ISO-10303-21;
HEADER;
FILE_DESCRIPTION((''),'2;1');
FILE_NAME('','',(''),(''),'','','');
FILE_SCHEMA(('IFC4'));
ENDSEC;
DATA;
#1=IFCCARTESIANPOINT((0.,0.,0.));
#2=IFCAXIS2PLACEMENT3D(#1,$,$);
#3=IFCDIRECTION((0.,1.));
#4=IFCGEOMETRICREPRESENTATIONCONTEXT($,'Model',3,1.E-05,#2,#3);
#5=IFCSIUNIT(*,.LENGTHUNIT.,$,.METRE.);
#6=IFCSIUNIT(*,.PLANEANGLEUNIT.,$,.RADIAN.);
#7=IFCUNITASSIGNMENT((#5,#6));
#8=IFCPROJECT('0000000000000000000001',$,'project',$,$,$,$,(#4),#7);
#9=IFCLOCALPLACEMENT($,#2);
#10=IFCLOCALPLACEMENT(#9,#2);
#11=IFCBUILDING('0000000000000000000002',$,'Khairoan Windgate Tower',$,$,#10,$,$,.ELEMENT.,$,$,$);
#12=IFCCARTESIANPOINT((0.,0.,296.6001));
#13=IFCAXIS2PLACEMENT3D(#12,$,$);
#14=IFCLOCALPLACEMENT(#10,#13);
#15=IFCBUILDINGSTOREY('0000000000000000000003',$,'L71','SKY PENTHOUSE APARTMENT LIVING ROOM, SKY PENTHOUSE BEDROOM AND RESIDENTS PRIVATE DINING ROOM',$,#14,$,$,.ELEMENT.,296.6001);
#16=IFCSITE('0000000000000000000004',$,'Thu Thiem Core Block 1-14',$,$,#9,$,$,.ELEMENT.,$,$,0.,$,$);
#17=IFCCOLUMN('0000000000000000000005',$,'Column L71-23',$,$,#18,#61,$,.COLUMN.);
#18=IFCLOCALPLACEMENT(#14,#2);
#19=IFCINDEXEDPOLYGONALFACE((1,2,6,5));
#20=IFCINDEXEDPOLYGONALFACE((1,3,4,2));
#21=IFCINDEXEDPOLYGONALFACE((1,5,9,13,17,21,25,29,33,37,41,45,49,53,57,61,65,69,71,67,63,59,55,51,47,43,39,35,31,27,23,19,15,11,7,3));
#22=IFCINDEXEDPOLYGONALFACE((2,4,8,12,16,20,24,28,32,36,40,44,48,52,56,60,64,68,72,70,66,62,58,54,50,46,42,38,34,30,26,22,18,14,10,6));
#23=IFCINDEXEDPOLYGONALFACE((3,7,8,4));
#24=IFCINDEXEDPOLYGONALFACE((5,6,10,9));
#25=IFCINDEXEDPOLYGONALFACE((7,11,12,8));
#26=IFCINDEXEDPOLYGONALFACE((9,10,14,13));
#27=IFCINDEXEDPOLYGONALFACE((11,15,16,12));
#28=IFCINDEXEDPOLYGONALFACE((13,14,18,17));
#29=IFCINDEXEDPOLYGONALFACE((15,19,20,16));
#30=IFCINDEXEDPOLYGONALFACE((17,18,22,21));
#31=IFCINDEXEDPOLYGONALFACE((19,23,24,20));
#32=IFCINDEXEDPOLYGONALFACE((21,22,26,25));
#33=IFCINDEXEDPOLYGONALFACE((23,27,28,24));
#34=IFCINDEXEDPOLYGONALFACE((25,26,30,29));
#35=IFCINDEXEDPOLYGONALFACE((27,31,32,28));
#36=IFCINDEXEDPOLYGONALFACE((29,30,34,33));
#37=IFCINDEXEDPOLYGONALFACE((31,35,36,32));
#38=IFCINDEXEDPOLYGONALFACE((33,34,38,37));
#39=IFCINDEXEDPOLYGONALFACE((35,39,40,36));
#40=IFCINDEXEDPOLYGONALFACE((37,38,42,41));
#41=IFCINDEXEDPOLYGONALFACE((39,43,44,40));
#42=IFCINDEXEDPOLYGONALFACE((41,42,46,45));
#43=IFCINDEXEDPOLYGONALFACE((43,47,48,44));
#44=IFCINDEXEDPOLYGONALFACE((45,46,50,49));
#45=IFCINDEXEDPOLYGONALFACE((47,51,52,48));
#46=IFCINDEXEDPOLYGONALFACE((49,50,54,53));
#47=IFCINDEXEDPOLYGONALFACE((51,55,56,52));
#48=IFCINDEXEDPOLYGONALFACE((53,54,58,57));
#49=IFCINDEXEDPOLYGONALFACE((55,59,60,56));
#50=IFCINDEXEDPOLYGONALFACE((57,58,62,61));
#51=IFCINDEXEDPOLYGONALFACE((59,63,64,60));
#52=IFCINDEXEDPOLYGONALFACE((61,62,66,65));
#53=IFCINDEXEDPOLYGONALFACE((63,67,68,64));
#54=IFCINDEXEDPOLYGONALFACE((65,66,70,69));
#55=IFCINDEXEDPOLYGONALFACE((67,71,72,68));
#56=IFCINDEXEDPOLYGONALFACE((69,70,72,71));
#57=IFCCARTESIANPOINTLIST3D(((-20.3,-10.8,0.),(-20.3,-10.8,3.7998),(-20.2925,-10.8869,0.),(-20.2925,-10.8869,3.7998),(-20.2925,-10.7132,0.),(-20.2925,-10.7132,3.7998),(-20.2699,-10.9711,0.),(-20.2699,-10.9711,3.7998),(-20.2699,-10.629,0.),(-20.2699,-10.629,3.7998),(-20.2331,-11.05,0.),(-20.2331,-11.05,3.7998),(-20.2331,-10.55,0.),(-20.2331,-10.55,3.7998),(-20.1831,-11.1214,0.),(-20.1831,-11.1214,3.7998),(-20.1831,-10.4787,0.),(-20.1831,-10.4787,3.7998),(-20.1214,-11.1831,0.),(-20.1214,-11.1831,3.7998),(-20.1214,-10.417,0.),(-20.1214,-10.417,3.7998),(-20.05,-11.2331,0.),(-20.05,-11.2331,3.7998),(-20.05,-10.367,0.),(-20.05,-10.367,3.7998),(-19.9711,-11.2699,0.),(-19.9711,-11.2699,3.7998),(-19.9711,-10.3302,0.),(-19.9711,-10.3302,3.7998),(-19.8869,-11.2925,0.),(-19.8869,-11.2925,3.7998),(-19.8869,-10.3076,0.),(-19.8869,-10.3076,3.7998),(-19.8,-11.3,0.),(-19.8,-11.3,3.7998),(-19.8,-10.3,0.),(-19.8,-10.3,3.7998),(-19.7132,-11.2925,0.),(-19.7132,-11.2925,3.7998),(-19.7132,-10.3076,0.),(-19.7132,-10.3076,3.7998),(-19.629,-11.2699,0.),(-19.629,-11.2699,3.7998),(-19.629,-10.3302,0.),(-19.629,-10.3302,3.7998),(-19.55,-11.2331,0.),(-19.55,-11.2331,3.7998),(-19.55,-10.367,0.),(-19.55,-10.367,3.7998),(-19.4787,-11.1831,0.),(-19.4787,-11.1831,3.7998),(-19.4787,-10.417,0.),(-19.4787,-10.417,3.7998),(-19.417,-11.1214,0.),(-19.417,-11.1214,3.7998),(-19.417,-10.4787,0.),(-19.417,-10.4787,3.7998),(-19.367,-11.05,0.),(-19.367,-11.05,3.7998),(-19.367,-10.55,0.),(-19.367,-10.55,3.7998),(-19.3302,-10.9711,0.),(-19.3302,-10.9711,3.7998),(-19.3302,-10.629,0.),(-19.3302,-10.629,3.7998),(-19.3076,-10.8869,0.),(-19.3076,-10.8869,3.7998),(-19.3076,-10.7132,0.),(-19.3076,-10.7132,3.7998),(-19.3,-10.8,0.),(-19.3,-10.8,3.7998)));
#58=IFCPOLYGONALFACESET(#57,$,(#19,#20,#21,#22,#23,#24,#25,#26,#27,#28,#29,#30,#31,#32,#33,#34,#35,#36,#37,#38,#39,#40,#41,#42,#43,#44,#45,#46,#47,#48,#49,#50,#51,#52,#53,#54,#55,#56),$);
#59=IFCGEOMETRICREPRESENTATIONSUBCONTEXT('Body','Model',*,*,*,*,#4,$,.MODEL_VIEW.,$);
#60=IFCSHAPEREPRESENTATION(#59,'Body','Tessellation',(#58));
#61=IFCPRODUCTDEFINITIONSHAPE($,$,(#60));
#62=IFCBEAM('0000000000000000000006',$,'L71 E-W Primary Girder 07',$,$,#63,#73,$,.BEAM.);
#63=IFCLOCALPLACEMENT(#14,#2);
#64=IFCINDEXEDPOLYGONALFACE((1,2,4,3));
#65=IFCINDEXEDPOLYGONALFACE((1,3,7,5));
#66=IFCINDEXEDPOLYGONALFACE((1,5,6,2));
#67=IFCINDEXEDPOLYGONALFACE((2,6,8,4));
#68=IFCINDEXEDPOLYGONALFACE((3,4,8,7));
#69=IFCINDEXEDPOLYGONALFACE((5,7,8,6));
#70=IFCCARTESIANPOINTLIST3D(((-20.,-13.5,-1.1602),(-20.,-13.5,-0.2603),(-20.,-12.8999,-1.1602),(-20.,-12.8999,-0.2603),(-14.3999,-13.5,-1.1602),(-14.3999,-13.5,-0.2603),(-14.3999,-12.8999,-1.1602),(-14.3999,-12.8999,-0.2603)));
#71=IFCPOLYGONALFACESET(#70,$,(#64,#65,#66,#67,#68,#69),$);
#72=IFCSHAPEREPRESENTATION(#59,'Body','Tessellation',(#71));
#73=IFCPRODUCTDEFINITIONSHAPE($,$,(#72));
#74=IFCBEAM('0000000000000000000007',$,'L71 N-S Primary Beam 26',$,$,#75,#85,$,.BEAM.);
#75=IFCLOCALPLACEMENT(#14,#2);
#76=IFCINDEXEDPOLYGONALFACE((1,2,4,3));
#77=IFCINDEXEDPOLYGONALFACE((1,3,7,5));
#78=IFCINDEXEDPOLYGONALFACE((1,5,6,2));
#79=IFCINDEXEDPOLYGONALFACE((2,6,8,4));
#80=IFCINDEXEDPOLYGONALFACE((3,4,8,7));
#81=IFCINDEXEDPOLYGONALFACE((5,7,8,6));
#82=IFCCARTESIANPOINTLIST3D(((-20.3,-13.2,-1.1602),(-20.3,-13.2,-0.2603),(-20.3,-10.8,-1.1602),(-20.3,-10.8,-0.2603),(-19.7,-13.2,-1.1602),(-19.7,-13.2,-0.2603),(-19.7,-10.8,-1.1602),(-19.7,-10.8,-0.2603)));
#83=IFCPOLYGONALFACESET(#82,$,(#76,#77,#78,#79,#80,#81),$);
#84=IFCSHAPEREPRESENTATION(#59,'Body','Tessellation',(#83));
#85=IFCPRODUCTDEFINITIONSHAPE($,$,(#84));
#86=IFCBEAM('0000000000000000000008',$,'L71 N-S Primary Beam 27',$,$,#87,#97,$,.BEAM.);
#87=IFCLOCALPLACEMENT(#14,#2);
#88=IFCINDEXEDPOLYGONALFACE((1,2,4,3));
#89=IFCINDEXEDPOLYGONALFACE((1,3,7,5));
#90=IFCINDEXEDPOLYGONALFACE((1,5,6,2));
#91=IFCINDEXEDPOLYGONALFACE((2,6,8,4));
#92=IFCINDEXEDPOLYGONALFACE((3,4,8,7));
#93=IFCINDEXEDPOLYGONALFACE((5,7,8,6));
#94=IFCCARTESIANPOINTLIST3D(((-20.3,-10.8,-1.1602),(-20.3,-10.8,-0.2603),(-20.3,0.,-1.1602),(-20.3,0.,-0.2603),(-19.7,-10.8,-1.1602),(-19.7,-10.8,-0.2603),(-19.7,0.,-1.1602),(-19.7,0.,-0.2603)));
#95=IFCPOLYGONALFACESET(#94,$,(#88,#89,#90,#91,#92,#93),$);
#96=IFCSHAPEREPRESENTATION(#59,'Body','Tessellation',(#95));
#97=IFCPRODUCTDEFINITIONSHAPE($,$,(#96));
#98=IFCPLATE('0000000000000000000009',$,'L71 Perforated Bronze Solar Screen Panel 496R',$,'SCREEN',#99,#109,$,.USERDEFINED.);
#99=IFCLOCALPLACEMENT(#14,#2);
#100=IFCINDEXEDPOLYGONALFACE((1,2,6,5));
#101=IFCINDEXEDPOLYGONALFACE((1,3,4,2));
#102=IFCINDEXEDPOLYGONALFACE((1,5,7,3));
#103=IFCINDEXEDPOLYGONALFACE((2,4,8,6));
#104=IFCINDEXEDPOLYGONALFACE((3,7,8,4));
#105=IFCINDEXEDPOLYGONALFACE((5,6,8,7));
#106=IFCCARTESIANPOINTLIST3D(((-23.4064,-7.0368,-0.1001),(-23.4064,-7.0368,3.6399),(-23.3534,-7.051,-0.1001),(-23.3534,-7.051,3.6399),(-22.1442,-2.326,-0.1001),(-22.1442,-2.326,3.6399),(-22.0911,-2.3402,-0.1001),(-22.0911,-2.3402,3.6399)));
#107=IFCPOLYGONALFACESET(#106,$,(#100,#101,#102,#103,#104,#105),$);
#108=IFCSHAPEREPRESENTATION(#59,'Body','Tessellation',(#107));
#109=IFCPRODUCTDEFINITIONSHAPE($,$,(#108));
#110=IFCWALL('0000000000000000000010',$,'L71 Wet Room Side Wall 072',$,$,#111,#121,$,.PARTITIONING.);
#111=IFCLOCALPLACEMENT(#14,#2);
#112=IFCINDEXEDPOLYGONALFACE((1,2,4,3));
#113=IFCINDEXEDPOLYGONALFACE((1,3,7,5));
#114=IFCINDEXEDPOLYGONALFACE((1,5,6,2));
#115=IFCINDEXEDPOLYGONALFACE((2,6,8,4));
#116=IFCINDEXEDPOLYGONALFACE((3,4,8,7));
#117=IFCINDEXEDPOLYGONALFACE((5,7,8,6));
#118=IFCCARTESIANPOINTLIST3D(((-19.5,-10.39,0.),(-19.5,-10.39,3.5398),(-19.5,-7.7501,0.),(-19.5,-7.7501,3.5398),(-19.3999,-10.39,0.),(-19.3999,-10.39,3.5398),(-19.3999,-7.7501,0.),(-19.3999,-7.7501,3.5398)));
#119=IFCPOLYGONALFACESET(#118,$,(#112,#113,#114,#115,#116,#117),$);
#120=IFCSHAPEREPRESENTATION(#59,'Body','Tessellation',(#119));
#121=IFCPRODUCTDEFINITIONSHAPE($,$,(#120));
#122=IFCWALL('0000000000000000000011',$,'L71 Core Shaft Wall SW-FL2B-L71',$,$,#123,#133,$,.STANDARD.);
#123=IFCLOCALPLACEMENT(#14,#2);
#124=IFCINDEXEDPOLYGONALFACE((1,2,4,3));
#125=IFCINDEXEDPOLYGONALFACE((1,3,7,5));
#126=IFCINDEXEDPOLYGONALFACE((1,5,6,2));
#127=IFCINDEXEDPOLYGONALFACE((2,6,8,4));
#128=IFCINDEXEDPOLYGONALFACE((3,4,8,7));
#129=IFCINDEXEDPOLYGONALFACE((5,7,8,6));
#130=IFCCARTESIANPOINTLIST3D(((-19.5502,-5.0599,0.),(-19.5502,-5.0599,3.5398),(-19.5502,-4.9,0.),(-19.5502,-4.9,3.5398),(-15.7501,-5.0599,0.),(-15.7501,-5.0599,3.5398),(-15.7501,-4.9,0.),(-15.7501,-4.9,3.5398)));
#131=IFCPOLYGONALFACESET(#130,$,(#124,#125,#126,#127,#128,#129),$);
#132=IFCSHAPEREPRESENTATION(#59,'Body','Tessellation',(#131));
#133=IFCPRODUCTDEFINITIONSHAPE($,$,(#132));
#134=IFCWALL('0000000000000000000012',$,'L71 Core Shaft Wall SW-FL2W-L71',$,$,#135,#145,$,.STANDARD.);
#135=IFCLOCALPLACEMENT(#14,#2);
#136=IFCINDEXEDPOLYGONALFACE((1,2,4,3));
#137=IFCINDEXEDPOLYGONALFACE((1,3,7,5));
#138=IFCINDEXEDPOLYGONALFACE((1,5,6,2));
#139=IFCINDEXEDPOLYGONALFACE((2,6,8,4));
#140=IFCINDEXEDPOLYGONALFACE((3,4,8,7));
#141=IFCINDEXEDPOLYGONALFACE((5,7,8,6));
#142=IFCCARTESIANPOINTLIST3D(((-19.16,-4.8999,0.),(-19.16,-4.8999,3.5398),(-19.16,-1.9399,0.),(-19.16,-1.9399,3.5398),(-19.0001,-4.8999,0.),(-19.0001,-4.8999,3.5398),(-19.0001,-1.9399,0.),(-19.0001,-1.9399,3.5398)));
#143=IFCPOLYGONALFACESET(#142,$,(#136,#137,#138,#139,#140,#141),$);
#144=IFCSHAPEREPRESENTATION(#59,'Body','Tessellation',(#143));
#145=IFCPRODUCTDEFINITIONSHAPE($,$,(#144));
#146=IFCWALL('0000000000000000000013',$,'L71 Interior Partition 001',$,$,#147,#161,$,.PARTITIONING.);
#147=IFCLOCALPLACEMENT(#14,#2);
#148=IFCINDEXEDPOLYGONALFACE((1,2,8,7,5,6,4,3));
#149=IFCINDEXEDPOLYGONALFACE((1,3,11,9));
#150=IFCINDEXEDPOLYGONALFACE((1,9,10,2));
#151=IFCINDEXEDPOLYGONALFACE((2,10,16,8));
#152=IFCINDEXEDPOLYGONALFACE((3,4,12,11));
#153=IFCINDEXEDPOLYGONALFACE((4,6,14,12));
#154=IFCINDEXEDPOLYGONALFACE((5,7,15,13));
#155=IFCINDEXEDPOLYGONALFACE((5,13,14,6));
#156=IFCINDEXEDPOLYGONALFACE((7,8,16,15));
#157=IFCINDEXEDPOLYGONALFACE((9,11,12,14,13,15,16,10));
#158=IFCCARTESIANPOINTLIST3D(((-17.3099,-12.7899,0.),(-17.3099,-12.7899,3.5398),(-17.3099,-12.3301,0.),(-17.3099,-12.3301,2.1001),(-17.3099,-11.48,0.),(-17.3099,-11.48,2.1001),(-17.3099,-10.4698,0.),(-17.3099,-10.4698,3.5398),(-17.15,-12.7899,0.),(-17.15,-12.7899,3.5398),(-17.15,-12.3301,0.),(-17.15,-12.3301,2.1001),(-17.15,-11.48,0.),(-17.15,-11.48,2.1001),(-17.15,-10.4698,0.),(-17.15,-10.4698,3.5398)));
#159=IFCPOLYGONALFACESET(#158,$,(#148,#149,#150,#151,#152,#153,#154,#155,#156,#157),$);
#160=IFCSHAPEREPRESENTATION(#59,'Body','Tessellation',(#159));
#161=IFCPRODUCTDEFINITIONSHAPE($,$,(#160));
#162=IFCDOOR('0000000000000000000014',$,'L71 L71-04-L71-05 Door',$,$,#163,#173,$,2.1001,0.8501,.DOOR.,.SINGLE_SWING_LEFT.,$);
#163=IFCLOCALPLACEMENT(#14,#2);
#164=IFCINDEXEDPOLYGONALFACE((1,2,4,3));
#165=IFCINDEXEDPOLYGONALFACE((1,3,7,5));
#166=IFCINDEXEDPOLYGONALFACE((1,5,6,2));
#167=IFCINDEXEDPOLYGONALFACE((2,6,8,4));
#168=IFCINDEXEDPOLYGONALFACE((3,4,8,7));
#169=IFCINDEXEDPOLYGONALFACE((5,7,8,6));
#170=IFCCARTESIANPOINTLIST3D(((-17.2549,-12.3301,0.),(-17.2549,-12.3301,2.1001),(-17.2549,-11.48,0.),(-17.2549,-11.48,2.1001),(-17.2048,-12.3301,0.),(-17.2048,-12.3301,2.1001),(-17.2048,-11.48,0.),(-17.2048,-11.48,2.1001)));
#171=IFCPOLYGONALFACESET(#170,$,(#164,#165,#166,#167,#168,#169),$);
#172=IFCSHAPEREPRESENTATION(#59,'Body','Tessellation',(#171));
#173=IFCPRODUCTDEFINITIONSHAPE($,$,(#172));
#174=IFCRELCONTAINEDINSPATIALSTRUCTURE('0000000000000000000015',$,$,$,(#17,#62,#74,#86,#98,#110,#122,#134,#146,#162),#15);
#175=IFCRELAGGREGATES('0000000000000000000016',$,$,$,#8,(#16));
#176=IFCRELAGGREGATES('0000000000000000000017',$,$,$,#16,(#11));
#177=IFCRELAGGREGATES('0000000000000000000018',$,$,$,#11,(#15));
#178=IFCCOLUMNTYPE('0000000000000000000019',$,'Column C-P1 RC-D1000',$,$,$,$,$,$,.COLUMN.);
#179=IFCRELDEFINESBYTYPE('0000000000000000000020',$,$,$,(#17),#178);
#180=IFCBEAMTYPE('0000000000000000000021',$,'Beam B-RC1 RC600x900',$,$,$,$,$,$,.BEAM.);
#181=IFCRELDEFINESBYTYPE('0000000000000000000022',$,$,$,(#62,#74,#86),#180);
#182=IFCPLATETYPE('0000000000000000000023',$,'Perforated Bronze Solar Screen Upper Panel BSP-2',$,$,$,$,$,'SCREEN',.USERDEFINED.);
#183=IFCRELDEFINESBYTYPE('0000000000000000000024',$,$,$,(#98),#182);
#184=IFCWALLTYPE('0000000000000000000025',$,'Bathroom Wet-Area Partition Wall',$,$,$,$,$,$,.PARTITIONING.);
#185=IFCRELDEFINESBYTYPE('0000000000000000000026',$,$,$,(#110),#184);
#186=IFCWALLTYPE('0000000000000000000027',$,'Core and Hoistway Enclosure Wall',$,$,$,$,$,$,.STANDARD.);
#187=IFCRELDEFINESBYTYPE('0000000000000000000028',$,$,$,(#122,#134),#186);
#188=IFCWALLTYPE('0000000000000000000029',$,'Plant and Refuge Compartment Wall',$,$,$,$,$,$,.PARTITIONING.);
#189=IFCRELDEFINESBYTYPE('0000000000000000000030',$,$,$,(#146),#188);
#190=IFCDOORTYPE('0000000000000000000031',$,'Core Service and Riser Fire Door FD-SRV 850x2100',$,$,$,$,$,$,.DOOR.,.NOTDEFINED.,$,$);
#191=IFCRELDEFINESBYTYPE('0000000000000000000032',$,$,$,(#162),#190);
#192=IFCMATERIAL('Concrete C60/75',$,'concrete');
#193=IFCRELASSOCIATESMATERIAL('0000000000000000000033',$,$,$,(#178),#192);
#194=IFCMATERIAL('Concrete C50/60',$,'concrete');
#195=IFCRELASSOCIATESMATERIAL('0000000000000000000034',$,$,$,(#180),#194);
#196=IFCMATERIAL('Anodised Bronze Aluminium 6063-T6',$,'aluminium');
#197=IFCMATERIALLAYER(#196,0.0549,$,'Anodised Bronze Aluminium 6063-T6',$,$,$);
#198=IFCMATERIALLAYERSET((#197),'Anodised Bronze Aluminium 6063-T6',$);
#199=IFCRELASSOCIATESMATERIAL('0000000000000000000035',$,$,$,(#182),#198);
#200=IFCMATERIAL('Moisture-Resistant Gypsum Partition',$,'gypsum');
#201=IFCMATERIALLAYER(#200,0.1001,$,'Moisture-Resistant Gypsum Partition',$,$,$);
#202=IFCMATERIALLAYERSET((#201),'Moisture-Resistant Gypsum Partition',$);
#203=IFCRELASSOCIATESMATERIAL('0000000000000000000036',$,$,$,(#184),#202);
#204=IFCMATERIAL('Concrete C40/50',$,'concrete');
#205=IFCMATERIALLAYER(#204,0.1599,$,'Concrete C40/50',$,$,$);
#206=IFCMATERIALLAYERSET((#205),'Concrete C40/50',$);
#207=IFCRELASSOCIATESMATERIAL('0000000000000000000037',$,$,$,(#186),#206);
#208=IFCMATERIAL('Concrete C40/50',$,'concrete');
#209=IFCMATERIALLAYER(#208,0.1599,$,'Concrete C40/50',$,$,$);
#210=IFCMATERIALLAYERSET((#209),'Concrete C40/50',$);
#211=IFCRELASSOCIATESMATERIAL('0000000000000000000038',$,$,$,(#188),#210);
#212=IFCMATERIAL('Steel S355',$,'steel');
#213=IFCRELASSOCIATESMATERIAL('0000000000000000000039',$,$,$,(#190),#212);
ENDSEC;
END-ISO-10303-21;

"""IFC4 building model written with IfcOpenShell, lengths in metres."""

from ifc_helpers import new_model, si_unit, direction, frame, frame_2d, origin, origin_2d, place, context, subcontext, project, spatial, rectangle, circle, extrude, material, layer, layer_set, material_profile, profile_set, type_object, element, fill, save


model = new_model("IFC4")

# Units and contexts
model_context = context("Model", 3, precision=1e-05, world=origin(), true_north=direction((0.0, 1.0)))
body_context = subcontext(model_context, "Body", "Model", "MODEL_VIEW")
ifc_project = project(units=[si_unit("LENGTHUNIT", "METRE"), si_unit("PLANEANGLEUNIT", "RADIAN")], contexts=[model_context])

# Site, building, storey
site_placement = place(None, origin())
site = spatial("IfcSite", under=ifc_project, at=site_placement, Name="Thu Thiem Core Block 1-14", CompositionType="ELEMENT", RefElevation=0.0)
building_placement = place(site_placement, origin())
building = spatial("IfcBuilding", under=site, at=building_placement, Name="Khairoan Windgate Tower", CompositionType="ELEMENT")
storey_placement = place(building_placement, frame((0.0, 0.0, 296.6001)))
storey = spatial("IfcBuildingStorey", under=building, at=storey_placement, Name="L71", Description="SKY PENTHOUSE APARTMENT LIVING ROOM, SKY PENTHOUSE BEDROOM AND RESIDENTS PRIVATE DINING ROOM", CompositionType="ELEMENT", Elevation=296.6001)

# Column
ifc_material_1 = material(Name="Concrete C60/75", Category="concrete")
ifc_material_profile_1 = material_profile(ifc_material_1, circle(Radius=0.5, at=origin_2d()))
ifc_profile_set_1 = profile_set([ifc_material_profile_1], Name="Concrete C60/75")
column_type = type_object("IfcColumnType", Name="Column C-P1 RC-D1000", PredefinedType="COLUMN", material=ifc_profile_set_1)
column_placement = place(storey_placement, frame((-19.8, -10.8, 0.0), z_axis=(0.0, 0.0, 1.0), x_axis=(1.0, 0.0, 0.0)))
element("IfcColumn", 1, at=column_placement, inside=storey, type_object=column_type, Name="Column L71-23", PredefinedType="COLUMN", context=body_context, shape_type="SweptSolid", body=[
    extrude(circle(Radius=0.5, at=origin_2d()), origin(), (0.0, 0.0, 1.0), 3.7998),
])

# Beams
ifc_material_2 = material(Name="Concrete C50/60", Category="concrete")
ifc_material_profile_2 = material_profile(ifc_material_2, rectangle(XDim=0.6001, YDim=0.8999, at=origin_2d()))
ifc_profile_set_2 = profile_set([ifc_material_profile_2], Name="Concrete C50/60")
beam_type = type_object("IfcBeamType", Name="Beam B-RC1 RC600x900", PredefinedType="BEAM", material=ifc_profile_set_2)
beam_1_placement = place(storey_placement, frame((-20.0, -13.2, -0.7102), z_axis=(1.0, 0.0, 0.0), x_axis=(0.0, 1.0, 0.0)))
element("IfcBeam", 2, at=beam_1_placement, inside=storey, type_object=beam_type, Name="L71 E-W Primary Girder 07", PredefinedType="BEAM", context=body_context, shape_type="SweptSolid", body=[
    extrude(rectangle(XDim=0.6001, YDim=0.8999, at=origin_2d()), origin(), (0.0, 0.0, 1.0), 5.6001),
])
beam_2_placement = place(storey_placement, frame((-20.0, -13.2, -0.7102), z_axis=(0.0, 1.0, 0.0), x_axis=(-1.0, 0.0, 0.0)))
element("IfcBeam", 3, at=beam_2_placement, inside=storey, type_object=beam_type, Name="L71 N-S Primary Beam 26", PredefinedType="BEAM", context=body_context, shape_type="SweptSolid", body=[
    extrude(rectangle(XDim=0.6001, YDim=0.8999, at=origin_2d()), origin(), (0.0, 0.0, 1.0), 2.3999),
])
beam_3_placement = place(storey_placement, frame((-20.0, -10.8, -0.7102), z_axis=(0.0, 1.0, 0.0), x_axis=(-1.0, 0.0, 0.0)))
element("IfcBeam", 4, at=beam_3_placement, inside=storey, type_object=beam_type, Name="L71 N-S Primary Beam 27", PredefinedType="BEAM", context=body_context, shape_type="SweptSolid", body=[
    extrude(rectangle(XDim=0.6001, YDim=0.8999, at=origin_2d()), origin(), (0.0, 0.0, 1.0), 10.8),
])

# Plate
ifc_material_3 = material(Name="Anodised Bronze Aluminium 6063-T6", Category="aluminium")
ifc_layer_1 = layer(ifc_material_3, 0.0549, Name="Anodised Bronze Aluminium 6063-T6")
ifc_layer_set_1 = layer_set([ifc_layer_1], Name="Anodised Bronze Aluminium 6063-T6")
plate_type = type_object("IfcPlateType", Name="Perforated Bronze Solar Screen Upper Panel BSP-2", ElementType="SCREEN", PredefinedType="USERDEFINED", material=ifc_layer_set_1)
plate_placement = place(storey_placement, frame((-22.7488, -4.6885, -0.1001), z_axis=(0.0, 0.0, 1.0), x_axis=(0.258819, 0.965926, 0.0)))
element("IfcPlate", 5, at=plate_placement, inside=storey, type_object=plate_type, Name="L71 Perforated Bronze Solar Screen Panel 496R", ObjectType="SCREEN", PredefinedType="USERDEFINED", context=body_context, shape_type="SweptSolid", body=[
    extrude(rectangle(XDim=4.877, YDim=0.0549, at=origin_2d()), origin(), (0.0, 0.0, 1.0), 3.74),
])

# Walls
ifc_material_4 = material(Name="Moisture-Resistant Gypsum Partition", Category="gypsum")
ifc_layer_2 = layer(ifc_material_4, 0.1001, Name="Moisture-Resistant Gypsum Partition")
ifc_layer_set_2 = layer_set([ifc_layer_2], Name="Moisture-Resistant Gypsum Partition")
wall_type_1 = type_object("IfcWallType", Name="Bathroom Wet-Area Partition Wall", PredefinedType="PARTITIONING", material=ifc_layer_set_2)
wall_1_placement = place(storey_placement, frame((-19.45, -10.3899, 0.0), z_axis=(0.0, 0.0, 1.0), x_axis=(0.0, 1.0, 0.0)))
element("IfcWall", 6, at=wall_1_placement, inside=storey, type_object=wall_type_1, Name="L71 Wet Room Side Wall 072", PredefinedType="PARTITIONING", context=body_context, shape_type="SweptSolid", body=[
    extrude(rectangle(XDim=2.6399, YDim=0.1001, at=frame_2d((1.3198, 0.0))), origin(), (0.0, 0.0, 1.0), 3.5398),
])
ifc_material_5 = material(Name="Concrete C40/50", Category="concrete")
ifc_layer_3 = layer(ifc_material_5, 0.1599, Name="Concrete C40/50")
ifc_layer_set_3 = layer_set([ifc_layer_3], Name="Concrete C40/50")
wall_type_2 = type_object("IfcWallType", Name="Core and Hoistway Enclosure Wall", PredefinedType="STANDARD", material=ifc_layer_set_3)
wall_2_placement = place(storey_placement, frame((-19.55, -4.98, 0.0), z_axis=(0.0, 0.0, 1.0), x_axis=(1.0, 0.0, 0.0)))
element("IfcWall", 7, at=wall_2_placement, inside=storey, type_object=wall_type_2, Name="L71 Core Shaft Wall SW-FL2B-L71", PredefinedType="STANDARD", context=body_context, shape_type="SweptSolid", body=[
    extrude(rectangle(XDim=3.8, YDim=0.1599, at=frame_2d((1.8999, 0.0))), origin(), (0.0, 0.0, 1.0), 3.5398),
])
wall_3_placement = place(storey_placement, frame((-19.0801, -4.8999, 0.0), z_axis=(0.0, 0.0, 1.0), x_axis=(0.0, 1.0, 0.0)))
element("IfcWall", 8, at=wall_3_placement, inside=storey, type_object=wall_type_2, Name="L71 Core Shaft Wall SW-FL2W-L71", PredefinedType="STANDARD", context=body_context, shape_type="SweptSolid", body=[
    extrude(rectangle(XDim=2.96, YDim=0.1599, at=frame_2d((1.48, 0.0))), origin(), (0.0, 0.0, 1.0), 3.5398),
])

# Wall, opening, door
ifc_material_6 = material(Name="Concrete C40/50", Category="concrete")
ifc_layer_4 = layer(ifc_material_6, 0.1599, Name="Concrete C40/50")
ifc_layer_set_4 = layer_set([ifc_layer_4], Name="Concrete C40/50")
wall_type_3 = type_object("IfcWallType", Name="Plant and Refuge Compartment Wall", PredefinedType="PARTITIONING", material=ifc_layer_set_4)
wall_4_placement = place(storey_placement, frame((-17.23, -12.79, 0.0), z_axis=(0.0, 0.0, 1.0), x_axis=(0.0, 1.0, 0.0)))
wall_4 = element("IfcWall", 9, at=wall_4_placement, inside=storey, type_object=wall_type_3, Name="L71 Interior Partition 001", PredefinedType="PARTITIONING", context=body_context, shape_type="SweptSolid", body=[
    extrude(rectangle(XDim=2.3201, YDim=0.1599, at=frame_2d((1.1602, 0.0))), origin(), (0.0, 0.0, 1.0), 3.5398),
])
opening_1_placement = place(wall_4_placement, frame((0.46, 0.0, 0.0)))
opening_1 = element("IfcOpeningElement", 10, at=opening_1_placement, cuts=wall_4, PredefinedType="OPENING", context=body_context, shape_type="SweptSolid", body=[
    extrude(rectangle(XDim=0.8501, YDim=2.1001, at=frame_2d((0.425, 1.05))), frame((0.0, 0.0898, 0.0), z_axis=(0.0, -1.0, 0.0), x_axis=(1.0, 0.0, 0.0)), (0.0, 0.0, 1.0), 0.1799),
])
ifc_material_7 = material(Name="Steel S355", Category="steel")
door_type = type_object("IfcDoorType", Name="Core Service and Riser Fire Door FD-SRV 850x2100", OperationType="NOTDEFINED", PredefinedType="DOOR", material=ifc_material_7)
door_1_placement = place(opening_1_placement, origin())
door_1 = element("IfcDoor", 11, at=door_1_placement, inside=storey, type_object=door_type, Name="L71 L71-04-L71-05 Door", OperationType="SINGLE_SWING_LEFT", OverallHeight=2.1001, OverallWidth=0.8501, PredefinedType="DOOR", context=body_context, shape_type="SweptSolid", body=[
    extrude(rectangle(XDim=0.8501, YDim=2.1001, at=frame_2d((0.425, 1.05))), frame((0.0, 0.0249, 0.0), z_axis=(0.0, -1.0, 0.0), x_axis=(1.0, 0.0, 0.0)), (0.0, 0.0, 1.0), 0.05),
])
fill(opening_1, door_1)

save(model, "model.ifc")
